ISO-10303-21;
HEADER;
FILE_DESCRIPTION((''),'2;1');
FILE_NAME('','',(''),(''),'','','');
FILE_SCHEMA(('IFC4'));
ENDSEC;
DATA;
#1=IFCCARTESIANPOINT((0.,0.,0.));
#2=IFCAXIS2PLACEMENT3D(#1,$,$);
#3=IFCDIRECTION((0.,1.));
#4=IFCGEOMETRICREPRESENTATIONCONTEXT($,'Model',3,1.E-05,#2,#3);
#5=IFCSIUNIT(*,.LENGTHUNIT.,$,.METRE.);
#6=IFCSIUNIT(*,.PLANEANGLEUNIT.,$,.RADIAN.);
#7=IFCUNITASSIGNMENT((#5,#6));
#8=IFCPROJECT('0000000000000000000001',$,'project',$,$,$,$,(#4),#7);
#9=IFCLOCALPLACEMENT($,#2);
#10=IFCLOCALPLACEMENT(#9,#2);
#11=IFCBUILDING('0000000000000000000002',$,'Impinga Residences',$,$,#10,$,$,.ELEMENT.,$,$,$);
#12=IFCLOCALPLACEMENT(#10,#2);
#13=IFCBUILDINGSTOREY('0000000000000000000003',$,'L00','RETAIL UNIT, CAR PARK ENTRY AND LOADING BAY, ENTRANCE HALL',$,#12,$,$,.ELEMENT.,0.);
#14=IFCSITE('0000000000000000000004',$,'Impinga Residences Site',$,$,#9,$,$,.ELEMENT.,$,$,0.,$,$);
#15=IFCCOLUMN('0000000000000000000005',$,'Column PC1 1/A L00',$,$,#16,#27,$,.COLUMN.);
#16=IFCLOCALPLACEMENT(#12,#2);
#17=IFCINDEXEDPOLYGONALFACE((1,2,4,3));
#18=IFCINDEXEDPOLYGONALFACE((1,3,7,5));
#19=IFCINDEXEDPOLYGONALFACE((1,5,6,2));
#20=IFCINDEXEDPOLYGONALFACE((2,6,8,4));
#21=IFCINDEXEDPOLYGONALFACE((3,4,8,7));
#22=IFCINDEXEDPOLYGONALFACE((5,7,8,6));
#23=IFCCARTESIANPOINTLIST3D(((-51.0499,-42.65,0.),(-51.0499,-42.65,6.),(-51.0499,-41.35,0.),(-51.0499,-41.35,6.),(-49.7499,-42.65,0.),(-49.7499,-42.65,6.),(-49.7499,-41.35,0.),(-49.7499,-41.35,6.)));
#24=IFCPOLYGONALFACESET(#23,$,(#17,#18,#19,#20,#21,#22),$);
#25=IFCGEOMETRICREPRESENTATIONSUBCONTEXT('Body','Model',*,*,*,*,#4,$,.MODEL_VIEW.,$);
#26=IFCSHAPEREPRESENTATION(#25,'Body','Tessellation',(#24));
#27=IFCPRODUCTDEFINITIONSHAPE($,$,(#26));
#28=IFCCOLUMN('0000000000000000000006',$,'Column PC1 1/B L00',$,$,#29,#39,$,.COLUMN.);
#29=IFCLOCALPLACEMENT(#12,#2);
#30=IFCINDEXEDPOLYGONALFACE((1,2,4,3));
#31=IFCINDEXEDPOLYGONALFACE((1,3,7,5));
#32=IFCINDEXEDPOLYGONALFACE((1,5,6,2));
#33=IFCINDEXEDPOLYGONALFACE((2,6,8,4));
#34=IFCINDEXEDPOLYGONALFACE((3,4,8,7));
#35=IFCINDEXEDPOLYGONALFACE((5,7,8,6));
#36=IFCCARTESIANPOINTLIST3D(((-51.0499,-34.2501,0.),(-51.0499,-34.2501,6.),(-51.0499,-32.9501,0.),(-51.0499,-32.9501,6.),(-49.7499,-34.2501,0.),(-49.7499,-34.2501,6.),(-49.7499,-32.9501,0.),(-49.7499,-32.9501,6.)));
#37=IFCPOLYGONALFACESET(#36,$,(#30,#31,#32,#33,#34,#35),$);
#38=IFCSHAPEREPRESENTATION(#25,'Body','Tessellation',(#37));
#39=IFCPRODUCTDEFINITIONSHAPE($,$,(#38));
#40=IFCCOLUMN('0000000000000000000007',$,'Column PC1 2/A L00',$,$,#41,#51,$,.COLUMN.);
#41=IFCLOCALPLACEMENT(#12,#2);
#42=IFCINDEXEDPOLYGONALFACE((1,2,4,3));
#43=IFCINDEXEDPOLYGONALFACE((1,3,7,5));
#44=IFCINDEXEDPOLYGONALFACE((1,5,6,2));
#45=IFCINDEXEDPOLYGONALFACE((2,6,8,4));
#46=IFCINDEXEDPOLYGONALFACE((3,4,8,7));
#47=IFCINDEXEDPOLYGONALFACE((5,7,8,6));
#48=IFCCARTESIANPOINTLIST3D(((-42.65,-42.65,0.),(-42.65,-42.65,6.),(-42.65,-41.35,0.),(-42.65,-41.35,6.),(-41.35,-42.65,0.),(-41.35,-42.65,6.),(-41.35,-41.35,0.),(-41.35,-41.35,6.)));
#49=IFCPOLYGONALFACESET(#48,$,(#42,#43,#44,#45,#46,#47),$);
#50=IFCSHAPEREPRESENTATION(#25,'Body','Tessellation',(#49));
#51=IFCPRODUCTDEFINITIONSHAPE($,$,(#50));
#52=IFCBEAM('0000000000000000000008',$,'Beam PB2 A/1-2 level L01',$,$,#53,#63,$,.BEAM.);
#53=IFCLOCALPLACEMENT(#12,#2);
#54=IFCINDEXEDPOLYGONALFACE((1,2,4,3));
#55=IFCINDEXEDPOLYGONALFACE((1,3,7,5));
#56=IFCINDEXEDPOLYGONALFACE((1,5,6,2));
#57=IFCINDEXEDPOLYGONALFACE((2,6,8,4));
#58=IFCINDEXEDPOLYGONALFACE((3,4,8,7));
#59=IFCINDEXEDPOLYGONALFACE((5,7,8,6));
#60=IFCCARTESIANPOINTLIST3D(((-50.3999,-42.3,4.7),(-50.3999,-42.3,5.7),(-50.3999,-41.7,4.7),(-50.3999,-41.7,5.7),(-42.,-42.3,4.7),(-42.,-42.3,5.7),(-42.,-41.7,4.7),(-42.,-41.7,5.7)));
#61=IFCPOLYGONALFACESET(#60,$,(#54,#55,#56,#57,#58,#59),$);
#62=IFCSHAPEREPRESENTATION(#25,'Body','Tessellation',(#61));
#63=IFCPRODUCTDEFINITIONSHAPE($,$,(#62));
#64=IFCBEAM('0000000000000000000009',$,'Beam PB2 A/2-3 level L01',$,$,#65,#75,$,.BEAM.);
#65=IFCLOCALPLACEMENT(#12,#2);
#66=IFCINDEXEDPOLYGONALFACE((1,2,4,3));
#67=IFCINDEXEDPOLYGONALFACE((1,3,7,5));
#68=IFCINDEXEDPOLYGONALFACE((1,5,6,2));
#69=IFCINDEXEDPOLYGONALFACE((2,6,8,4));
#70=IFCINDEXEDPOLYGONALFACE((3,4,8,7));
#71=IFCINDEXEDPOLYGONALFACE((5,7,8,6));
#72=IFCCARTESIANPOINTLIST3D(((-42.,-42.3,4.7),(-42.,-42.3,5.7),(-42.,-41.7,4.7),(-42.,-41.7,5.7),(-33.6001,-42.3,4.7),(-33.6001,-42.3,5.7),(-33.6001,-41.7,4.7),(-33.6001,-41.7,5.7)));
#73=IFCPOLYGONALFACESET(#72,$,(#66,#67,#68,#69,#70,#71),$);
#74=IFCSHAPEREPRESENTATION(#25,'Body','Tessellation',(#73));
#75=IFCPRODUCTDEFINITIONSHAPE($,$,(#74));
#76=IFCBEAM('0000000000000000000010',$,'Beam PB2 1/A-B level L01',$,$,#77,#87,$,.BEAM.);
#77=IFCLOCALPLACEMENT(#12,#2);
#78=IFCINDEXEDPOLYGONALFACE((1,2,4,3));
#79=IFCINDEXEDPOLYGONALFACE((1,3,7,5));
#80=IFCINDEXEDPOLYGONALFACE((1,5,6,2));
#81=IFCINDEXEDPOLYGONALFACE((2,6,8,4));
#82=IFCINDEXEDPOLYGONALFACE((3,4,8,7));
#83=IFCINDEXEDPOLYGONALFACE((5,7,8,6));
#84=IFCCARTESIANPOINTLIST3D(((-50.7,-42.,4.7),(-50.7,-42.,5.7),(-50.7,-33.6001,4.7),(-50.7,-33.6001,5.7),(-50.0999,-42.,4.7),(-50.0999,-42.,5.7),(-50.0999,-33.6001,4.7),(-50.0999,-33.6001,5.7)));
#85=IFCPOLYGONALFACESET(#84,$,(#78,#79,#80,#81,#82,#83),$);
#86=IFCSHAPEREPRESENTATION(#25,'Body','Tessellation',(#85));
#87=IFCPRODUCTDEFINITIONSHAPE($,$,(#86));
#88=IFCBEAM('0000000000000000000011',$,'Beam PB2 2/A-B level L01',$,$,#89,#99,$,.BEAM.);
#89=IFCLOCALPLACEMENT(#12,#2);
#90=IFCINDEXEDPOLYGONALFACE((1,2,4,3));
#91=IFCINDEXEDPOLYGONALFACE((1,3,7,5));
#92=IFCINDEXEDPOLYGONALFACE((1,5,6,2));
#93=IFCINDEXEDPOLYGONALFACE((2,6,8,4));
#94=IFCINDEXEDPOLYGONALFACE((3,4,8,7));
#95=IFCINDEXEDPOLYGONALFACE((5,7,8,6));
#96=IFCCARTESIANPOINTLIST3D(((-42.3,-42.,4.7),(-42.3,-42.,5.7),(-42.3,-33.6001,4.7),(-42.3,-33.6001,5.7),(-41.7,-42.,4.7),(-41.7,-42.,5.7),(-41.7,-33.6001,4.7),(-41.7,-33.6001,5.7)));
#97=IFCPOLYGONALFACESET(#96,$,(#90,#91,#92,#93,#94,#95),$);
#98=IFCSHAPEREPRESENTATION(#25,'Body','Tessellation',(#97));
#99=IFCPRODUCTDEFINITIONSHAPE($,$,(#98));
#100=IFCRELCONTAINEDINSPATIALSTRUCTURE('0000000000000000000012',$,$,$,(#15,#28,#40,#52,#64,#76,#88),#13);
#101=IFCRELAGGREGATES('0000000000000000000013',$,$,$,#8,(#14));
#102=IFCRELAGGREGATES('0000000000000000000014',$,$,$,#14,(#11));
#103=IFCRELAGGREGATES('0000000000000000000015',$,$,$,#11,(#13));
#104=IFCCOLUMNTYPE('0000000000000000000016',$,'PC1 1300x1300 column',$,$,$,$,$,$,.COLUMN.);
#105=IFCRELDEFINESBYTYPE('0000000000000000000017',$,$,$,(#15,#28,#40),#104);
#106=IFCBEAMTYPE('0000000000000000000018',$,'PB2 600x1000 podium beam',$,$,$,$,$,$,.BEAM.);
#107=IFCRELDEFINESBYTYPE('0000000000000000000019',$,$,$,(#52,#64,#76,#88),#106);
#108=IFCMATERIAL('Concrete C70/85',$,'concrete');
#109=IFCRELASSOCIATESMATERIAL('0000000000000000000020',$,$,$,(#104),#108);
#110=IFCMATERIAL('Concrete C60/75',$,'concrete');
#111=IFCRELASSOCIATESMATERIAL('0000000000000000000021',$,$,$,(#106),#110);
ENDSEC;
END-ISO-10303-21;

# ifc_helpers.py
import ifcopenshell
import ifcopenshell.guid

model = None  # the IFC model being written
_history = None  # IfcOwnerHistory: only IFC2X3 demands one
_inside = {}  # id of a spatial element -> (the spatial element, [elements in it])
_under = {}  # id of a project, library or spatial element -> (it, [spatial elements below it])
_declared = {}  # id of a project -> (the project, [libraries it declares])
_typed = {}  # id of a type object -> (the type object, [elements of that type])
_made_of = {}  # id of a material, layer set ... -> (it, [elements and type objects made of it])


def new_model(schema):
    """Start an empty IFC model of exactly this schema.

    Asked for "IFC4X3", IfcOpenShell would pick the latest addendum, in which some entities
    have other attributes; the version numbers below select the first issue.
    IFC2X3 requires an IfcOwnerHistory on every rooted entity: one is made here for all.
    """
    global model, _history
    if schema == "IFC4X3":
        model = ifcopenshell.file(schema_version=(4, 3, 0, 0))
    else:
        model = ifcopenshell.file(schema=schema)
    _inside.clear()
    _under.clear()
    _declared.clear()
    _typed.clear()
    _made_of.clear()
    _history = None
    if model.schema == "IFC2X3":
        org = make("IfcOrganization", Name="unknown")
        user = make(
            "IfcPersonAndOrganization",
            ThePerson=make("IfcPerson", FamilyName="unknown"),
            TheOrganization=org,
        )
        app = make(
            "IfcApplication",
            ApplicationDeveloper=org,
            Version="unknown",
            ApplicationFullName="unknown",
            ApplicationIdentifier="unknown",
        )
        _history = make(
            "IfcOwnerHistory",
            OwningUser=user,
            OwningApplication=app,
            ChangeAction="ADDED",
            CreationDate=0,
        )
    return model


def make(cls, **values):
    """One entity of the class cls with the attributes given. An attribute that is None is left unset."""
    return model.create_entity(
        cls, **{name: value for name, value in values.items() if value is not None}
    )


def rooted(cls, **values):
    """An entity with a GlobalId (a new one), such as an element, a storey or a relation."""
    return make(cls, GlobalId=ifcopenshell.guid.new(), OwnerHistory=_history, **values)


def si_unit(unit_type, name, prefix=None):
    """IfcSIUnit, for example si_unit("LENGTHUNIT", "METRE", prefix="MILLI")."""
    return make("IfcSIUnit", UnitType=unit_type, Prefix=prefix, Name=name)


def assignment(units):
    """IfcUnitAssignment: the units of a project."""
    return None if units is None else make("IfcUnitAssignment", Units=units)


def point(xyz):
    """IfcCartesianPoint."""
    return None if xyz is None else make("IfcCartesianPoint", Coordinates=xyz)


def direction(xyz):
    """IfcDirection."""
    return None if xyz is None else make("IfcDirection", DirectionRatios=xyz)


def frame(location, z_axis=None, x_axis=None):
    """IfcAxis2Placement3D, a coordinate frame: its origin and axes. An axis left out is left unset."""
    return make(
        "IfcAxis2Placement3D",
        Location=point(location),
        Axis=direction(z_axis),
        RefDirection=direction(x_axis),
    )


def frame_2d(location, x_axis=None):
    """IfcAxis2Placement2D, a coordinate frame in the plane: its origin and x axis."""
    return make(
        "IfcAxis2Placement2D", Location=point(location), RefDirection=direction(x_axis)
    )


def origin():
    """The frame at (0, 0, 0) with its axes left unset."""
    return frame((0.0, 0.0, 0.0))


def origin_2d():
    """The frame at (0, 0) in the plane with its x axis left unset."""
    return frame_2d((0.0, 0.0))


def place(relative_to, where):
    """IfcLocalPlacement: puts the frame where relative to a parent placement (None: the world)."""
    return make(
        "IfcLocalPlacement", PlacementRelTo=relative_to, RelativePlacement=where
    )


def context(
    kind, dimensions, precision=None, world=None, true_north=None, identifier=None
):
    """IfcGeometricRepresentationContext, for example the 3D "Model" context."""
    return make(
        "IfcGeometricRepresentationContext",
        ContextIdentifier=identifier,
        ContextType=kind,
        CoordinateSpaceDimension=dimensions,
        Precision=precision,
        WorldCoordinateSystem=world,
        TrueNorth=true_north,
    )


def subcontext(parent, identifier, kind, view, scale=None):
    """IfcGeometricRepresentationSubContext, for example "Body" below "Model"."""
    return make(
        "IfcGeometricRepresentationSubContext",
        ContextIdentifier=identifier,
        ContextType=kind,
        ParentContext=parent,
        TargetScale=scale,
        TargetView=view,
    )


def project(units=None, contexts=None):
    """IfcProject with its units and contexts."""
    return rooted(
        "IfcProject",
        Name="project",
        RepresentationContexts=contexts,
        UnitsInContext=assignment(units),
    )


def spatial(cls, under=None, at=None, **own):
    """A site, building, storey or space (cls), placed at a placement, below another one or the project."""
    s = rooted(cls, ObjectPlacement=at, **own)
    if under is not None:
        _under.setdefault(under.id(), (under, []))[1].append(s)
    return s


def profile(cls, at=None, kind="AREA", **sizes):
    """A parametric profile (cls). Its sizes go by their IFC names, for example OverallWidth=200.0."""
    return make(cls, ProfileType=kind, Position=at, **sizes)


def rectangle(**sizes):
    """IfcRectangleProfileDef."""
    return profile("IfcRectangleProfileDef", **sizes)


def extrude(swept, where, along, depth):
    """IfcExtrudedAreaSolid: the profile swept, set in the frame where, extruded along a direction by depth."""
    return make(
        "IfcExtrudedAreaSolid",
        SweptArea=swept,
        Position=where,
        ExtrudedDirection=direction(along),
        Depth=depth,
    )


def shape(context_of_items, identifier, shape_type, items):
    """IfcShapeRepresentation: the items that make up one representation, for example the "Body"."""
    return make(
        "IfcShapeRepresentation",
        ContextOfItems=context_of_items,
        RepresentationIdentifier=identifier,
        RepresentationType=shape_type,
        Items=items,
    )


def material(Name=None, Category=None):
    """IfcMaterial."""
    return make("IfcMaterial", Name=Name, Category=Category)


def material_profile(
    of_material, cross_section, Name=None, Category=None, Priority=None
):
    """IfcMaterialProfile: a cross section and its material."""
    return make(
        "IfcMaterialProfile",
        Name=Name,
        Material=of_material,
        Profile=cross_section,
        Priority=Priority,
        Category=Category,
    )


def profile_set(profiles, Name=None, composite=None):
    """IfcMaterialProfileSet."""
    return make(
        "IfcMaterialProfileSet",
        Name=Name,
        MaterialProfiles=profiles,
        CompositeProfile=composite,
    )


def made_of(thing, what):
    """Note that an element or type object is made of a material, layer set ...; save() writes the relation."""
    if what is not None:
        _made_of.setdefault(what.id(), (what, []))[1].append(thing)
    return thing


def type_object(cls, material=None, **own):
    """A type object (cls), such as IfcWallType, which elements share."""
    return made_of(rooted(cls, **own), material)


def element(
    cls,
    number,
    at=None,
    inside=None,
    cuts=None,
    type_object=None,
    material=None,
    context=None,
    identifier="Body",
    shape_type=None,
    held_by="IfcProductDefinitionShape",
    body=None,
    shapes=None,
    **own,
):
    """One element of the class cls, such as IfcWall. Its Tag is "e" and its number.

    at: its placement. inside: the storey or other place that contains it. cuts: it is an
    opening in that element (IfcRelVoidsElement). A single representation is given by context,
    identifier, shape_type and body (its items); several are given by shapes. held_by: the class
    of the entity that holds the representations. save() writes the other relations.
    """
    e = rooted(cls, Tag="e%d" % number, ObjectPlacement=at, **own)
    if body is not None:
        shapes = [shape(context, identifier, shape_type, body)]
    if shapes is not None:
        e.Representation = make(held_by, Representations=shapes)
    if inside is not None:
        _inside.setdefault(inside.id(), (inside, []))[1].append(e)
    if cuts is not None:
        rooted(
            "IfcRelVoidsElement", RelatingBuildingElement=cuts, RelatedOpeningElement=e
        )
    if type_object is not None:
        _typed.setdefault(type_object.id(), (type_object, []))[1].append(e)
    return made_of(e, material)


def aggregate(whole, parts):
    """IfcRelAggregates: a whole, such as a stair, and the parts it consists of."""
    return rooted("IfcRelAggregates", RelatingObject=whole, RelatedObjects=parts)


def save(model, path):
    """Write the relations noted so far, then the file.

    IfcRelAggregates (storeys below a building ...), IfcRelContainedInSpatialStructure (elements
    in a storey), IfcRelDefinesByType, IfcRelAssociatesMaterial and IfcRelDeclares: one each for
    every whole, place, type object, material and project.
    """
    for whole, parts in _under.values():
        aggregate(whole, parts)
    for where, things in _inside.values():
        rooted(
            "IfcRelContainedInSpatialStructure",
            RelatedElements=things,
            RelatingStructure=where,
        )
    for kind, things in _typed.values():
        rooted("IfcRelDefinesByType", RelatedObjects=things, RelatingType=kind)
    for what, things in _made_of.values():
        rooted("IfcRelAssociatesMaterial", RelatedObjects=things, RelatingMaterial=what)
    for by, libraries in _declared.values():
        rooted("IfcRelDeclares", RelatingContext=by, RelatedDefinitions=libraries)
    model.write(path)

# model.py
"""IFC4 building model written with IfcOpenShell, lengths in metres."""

from ifc_helpers import new_model, si_unit, direction, frame, origin, origin_2d, place, context, subcontext, project, spatial, rectangle, extrude, material, material_profile, profile_set, type_object, element, save


model = new_model("IFC4")

# Units and contexts
model_context = context("Model", 3, precision=1e-05, world=origin(), true_north=direction((0.0, 1.0)))
body_context = subcontext(model_context, "Body", "Model", "MODEL_VIEW")
ifc_project = project(units=[si_unit("LENGTHUNIT", "METRE"), si_unit("PLANEANGLEUNIT", "RADIAN")], contexts=[model_context])

# Site, building, storey
site_placement = place(None, origin())
site = spatial("IfcSite", under=ifc_project, at=site_placement, Name="Impinga Residences Site", CompositionType="ELEMENT", RefElevation=0.0)
building_placement = place(site_placement, origin())
building = spatial("IfcBuilding", under=site, at=building_placement, Name="Impinga Residences", CompositionType="ELEMENT")
storey_placement = place(building_placement, origin())
storey = spatial("IfcBuildingStorey", under=building, at=storey_placement, Name="L00", Description="RETAIL UNIT, CAR PARK ENTRY AND LOADING BAY, ENTRANCE HALL", CompositionType="ELEMENT", Elevation=0.0)

# Columns
ifc_material_1 = material(Name="Concrete C70/85", Category="concrete")
ifc_material_profile_1 = material_profile(ifc_material_1, rectangle(XDim=1.3, YDim=1.3, at=origin_2d()), Name="RC 1300x1300")
ifc_profile_set_1 = profile_set([ifc_material_profile_1], Name="Concrete C70/85")
column_type = type_object("IfcColumnType", Name="PC1 1300x1300 column", PredefinedType="COLUMN", material=ifc_profile_set_1)
for number, where, z_axis, x_axis, name in (
    (1, (-50.3999, -42.0, 0.0), (0.0, 0.0, 1.0), (1.0, 0.0, 0.0), "Column PC1 1/A L00"),
    (2, (-50.3999, -33.6001, 0.0), (0.0, 0.0, 1.0), (1.0, 0.0, 0.0), "Column PC1 1/B L00"),
    (3, (-42.0, -42.0, 0.0), (0.0, 0.0, 1.0), (1.0, 0.0, 0.0), "Column PC1 2/A L00"),
):
    element("IfcColumn", number, at=place(storey_placement, frame(where, z_axis=z_axis, x_axis=x_axis)), inside=storey, type_object=column_type, Name=name, PredefinedType="COLUMN", context=body_context, shape_type="SweptSolid", body=[
        extrude(rectangle(XDim=1.3, YDim=1.3, at=origin_2d()), origin(), (0.0, 0.0, 1.0), 6.0),
    ])

# Beams
ifc_material_2 = material(Name="Concrete C60/75", Category="concrete")
ifc_material_profile_2 = material_profile(ifc_material_2, rectangle(XDim=0.6001, YDim=1.0, at=origin_2d()), Name="RC 600x1000")
ifc_profile_set_2 = profile_set([ifc_material_profile_2], Name="Concrete C60/75")
beam_type = type_object("IfcBeamType", Name="PB2 600x1000 podium beam", PredefinedType="BEAM", material=ifc_profile_set_2)
for number, where, z_axis, x_axis, name in (
    (4, (-50.3999, -42.0, 5.2), (1.0, 0.0, 0.0), (0.0, 1.0, 0.0), "Beam PB2 A/1-2 level L01"),
    (5, (-42.0, -42.0, 5.2), (1.0, 0.0, 0.0), (0.0, 1.0, 0.0), "Beam PB2 A/2-3 level L01"),
    (6, (-50.3999, -42.0, 5.2), (0.0, 1.0, 0.0), (-1.0, 0.0, 0.0), "Beam PB2 1/A-B level L01"),
    (7, (-42.0, -42.0, 5.2), (0.0, 1.0, 0.0), (-1.0, 0.0, 0.0), "Beam PB2 2/A-B level L01"),
):
    element("IfcBeam", number, at=place(storey_placement, frame(where, z_axis=z_axis, x_axis=x_axis)), inside=storey, type_object=beam_type, Name=name, PredefinedType="BEAM", context=body_context, shape_type="SweptSolid", body=[
        extrude(rectangle(XDim=0.6001, YDim=1.0, at=origin_2d()), origin(), (0.0, 0.0, 1.0), 8.3999),
    ])

save(model, "model.ifc")
